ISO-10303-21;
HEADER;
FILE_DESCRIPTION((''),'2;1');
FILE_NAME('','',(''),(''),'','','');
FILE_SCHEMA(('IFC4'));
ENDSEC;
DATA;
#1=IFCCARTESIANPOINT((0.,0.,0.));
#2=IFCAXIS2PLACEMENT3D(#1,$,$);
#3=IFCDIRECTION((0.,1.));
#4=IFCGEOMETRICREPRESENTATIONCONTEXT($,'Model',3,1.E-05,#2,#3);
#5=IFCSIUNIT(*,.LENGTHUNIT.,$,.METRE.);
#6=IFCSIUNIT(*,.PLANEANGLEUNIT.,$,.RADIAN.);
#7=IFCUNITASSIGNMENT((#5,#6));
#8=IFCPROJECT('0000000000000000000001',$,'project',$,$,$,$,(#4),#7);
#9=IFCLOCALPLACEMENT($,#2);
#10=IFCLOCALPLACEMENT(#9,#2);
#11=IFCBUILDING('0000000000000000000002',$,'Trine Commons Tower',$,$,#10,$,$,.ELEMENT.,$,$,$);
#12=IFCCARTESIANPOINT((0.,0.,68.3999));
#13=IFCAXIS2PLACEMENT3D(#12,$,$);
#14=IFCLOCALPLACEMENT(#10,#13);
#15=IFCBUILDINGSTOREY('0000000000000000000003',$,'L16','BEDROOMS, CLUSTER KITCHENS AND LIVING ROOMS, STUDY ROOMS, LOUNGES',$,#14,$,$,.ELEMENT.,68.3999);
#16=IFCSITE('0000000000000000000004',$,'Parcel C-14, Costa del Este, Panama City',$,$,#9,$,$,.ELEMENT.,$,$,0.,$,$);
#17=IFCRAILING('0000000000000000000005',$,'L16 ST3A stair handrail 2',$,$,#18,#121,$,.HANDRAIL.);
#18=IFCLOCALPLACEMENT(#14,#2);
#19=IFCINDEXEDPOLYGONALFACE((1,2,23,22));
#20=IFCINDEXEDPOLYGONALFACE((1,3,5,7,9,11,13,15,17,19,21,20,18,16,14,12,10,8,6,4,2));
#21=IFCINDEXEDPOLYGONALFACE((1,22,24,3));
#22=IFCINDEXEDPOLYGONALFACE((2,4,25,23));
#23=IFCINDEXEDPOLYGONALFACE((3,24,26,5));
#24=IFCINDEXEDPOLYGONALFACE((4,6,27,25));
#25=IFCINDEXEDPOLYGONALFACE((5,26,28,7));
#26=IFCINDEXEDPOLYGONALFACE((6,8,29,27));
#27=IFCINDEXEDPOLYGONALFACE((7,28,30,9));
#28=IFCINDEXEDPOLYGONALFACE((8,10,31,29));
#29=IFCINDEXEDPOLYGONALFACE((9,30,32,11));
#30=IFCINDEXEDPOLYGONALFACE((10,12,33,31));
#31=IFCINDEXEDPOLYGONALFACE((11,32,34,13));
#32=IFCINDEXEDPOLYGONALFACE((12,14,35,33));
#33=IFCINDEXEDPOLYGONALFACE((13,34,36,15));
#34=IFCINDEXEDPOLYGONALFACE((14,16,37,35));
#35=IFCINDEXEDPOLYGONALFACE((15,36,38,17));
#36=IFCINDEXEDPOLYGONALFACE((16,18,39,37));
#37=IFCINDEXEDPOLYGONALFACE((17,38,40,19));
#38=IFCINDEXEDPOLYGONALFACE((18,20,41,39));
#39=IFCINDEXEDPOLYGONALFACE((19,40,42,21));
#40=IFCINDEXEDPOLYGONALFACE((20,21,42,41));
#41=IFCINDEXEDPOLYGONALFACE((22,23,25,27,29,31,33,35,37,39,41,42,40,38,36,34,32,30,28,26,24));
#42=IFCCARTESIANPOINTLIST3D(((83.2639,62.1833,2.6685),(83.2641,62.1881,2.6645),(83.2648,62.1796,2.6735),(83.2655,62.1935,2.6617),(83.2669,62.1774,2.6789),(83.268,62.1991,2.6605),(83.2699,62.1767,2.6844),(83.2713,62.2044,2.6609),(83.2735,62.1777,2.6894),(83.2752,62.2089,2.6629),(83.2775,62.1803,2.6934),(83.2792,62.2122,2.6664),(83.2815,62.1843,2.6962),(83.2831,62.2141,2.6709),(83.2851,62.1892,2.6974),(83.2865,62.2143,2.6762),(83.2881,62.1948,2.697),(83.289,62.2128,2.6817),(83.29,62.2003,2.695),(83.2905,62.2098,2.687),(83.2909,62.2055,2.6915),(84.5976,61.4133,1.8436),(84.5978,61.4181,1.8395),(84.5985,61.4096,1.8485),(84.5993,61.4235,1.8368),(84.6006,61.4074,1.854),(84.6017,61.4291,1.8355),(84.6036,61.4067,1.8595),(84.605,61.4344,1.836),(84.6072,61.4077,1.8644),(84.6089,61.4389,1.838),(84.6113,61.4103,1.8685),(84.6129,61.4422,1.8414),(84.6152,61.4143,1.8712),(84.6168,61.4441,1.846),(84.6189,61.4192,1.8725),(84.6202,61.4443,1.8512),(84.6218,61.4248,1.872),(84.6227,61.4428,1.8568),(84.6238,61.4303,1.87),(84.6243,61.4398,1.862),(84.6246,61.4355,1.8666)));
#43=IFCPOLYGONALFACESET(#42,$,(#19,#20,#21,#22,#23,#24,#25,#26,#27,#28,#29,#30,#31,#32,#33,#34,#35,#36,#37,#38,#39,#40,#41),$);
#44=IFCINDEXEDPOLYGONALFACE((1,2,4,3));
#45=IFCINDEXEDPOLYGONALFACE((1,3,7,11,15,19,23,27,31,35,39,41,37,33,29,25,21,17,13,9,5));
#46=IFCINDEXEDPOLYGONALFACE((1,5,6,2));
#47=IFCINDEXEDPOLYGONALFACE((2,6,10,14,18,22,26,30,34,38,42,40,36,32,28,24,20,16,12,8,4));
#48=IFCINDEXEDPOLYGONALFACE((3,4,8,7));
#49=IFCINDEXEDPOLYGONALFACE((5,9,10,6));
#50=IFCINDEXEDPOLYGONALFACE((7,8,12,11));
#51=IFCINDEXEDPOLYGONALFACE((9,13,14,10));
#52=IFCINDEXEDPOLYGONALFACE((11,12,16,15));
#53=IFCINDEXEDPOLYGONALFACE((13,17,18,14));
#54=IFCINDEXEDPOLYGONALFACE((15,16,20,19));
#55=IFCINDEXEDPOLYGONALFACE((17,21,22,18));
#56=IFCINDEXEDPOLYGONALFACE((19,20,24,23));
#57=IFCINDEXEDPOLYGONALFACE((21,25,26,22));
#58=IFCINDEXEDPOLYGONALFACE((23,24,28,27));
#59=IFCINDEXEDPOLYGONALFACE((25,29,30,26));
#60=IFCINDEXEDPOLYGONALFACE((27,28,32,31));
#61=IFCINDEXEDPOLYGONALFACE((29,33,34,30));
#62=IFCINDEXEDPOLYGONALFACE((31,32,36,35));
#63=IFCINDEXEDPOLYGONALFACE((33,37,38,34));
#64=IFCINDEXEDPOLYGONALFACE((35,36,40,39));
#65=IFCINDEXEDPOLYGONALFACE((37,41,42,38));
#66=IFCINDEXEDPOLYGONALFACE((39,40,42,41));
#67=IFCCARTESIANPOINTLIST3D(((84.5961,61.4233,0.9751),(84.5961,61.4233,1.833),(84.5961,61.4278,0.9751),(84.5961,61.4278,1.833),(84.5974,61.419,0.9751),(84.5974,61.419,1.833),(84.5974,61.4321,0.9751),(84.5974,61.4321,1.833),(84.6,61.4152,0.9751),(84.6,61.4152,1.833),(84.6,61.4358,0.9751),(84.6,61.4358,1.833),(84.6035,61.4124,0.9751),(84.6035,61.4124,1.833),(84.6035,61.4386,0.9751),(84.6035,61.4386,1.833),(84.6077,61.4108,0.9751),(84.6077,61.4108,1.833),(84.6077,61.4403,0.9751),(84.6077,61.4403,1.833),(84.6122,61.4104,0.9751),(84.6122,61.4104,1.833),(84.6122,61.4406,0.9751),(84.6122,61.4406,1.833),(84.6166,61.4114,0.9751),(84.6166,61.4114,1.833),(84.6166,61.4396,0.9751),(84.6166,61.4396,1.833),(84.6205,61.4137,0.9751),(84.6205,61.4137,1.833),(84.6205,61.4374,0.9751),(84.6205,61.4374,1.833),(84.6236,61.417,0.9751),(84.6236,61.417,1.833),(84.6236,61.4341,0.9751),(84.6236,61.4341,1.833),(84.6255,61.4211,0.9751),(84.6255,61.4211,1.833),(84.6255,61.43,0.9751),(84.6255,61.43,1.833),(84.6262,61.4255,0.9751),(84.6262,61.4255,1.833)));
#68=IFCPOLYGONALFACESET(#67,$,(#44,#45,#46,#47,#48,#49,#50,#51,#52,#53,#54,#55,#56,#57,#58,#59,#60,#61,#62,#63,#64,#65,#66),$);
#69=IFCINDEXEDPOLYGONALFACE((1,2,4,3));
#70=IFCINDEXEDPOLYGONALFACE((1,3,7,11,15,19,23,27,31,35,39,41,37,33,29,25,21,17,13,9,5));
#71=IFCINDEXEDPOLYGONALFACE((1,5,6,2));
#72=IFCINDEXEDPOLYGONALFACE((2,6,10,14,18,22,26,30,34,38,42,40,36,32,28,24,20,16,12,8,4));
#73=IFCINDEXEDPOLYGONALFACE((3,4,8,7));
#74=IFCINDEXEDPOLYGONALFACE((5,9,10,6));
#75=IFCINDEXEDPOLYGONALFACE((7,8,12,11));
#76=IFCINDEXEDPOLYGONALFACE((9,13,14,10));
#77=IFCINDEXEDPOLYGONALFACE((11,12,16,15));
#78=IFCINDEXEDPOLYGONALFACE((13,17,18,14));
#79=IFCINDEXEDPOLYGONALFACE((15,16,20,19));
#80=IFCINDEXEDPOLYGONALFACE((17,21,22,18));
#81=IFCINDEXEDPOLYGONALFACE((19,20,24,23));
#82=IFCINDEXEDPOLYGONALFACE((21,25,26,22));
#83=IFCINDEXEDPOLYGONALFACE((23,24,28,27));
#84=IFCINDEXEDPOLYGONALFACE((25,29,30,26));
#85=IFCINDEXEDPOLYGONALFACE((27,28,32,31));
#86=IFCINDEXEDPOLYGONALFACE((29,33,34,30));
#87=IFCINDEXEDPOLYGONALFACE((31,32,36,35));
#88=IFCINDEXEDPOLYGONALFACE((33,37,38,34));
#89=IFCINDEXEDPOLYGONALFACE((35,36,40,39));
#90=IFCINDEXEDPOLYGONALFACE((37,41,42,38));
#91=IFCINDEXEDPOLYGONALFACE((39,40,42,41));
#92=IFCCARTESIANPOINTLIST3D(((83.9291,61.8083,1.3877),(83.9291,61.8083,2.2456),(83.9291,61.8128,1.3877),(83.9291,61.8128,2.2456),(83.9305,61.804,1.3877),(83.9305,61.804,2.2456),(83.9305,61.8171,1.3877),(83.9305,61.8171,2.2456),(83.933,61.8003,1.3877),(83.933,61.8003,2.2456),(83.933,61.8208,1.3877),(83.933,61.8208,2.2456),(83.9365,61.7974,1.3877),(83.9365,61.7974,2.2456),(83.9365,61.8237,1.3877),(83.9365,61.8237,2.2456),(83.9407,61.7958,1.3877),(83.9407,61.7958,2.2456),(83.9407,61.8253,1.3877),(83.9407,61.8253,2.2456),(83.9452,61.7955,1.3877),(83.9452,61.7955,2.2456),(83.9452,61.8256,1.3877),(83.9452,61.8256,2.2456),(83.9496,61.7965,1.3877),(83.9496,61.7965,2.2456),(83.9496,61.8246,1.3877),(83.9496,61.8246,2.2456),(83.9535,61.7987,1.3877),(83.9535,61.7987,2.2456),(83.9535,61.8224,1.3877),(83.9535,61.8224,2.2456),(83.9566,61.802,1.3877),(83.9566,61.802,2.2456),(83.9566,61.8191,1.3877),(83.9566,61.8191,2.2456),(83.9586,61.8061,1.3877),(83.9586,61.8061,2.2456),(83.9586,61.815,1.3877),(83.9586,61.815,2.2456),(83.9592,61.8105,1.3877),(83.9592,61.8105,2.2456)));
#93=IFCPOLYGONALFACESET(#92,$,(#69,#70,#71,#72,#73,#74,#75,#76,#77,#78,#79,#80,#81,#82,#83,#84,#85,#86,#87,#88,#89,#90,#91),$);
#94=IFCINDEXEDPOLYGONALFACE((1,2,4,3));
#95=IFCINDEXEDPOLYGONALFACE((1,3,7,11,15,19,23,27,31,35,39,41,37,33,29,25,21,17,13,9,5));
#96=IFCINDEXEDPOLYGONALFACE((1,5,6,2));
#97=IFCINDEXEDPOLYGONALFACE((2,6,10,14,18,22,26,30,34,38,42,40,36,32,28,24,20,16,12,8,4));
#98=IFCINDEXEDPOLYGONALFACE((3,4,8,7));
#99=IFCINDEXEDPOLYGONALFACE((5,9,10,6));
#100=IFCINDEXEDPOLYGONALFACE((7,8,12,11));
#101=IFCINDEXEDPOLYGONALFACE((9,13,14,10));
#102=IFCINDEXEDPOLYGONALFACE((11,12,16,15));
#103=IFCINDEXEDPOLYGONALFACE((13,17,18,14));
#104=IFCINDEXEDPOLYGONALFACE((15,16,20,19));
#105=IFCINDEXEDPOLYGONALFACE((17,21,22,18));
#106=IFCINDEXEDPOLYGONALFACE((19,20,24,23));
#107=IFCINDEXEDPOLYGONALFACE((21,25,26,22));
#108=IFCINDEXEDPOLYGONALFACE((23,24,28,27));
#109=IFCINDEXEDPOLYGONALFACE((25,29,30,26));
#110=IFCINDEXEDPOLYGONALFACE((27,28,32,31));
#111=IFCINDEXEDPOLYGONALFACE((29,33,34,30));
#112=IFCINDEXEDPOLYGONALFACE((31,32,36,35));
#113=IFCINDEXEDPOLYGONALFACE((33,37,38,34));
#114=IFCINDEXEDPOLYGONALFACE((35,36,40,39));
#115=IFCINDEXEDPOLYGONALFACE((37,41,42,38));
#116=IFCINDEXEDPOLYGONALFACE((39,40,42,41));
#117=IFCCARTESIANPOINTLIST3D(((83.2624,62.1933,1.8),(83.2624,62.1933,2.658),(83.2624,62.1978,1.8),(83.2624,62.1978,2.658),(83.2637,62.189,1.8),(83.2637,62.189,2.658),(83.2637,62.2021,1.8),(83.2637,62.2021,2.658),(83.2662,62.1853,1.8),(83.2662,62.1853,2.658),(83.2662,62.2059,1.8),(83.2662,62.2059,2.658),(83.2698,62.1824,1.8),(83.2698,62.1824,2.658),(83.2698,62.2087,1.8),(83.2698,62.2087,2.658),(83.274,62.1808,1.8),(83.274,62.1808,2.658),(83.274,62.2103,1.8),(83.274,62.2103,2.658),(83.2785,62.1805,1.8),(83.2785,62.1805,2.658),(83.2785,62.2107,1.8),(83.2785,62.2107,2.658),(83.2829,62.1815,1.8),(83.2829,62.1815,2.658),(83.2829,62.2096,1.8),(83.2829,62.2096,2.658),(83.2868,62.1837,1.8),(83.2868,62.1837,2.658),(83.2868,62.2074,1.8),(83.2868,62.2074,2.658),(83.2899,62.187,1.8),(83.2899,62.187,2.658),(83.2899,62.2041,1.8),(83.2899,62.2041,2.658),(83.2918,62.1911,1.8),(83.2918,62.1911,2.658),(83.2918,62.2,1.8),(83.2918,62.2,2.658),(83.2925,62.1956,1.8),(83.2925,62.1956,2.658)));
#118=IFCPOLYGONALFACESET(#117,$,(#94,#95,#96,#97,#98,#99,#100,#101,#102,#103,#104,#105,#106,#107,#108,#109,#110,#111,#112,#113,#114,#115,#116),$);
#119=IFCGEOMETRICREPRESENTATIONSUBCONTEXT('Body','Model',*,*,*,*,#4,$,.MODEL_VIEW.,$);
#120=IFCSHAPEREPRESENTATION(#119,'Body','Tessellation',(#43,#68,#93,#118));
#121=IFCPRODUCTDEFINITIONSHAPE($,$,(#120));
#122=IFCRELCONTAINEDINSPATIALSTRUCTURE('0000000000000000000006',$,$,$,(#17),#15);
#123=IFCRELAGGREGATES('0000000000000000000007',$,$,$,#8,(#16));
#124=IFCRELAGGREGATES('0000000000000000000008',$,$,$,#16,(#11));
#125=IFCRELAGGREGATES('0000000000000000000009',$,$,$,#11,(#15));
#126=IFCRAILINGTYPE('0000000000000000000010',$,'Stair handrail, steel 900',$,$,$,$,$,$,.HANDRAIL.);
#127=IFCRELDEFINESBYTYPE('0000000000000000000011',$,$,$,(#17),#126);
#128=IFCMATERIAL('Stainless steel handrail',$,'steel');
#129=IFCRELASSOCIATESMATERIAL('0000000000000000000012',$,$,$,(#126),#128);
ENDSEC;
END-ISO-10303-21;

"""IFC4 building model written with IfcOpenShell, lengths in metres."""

from ifc_helpers import new_model, si_unit, direction, frame, origin, origin_2d, place, context, subcontext, project, spatial, circle, extrude, material, type_object, element, save


model = new_model("IFC4")

# Units and contexts
model_context = context("Model", 3, precision=1e-05, world=origin(), true_north=direction((0.0, 1.0)))
body_context = subcontext(model_context, "Body", "Model", "MODEL_VIEW")
ifc_project = project(units=[si_unit("LENGTHUNIT", "METRE"), si_unit("PLANEANGLEUNIT", "RADIAN")], contexts=[model_context])

# Site, building, storey
site_placement = place(None, origin())
site = spatial("IfcSite", under=ifc_project, at=site_placement, Name="Parcel C-14, Costa del Este, Panama City", CompositionType="ELEMENT", RefElevation=0.0)
building_placement = place(site_placement, origin())
building = spatial("IfcBuilding", under=site, at=building_placement, Name="Trine Commons Tower", CompositionType="ELEMENT")
storey_placement = place(building_placement, frame((0.0, 0.0, 68.3999)))
storey = spatial("IfcBuildingStorey", under=building, at=storey_placement, Name="L16", Description="BEDROOMS, CLUSTER KITCHENS AND LIVING ROOMS, STUDY ROOMS, LOUNGES", CompositionType="ELEMENT", Elevation=68.3999)

# Railing
ifc_material_1 = material(Name="Stainless steel handrail", Category="steel")
railing_type_1 = type_object("IfcRailingType", Name="Stair handrail, steel 900", PredefinedType="HANDRAIL", material=ifc_material_1)
for number, where, name in (
    (1, (84.6111, 61.4255, 0.9751), "L16 ST3A stair handrail 2"),
):
    element("IfcRailing", number, at=place(storey_placement, frame(where)), inside=storey, type_object=railing_type_1, Name=name, PredefinedType="HANDRAIL", context=body_context, shape_type="SweptSolid", body=[
        extrude(circle(Radius=0.021, at=origin_2d()), frame((0.0, 0.0, 0.8789), z_axis=(-0.763405, 0.440743, 0.472185), x_axis=(-0.499992, -0.86603, 0.0)), (0.0, 0.0, 1.0), 1.7471),
        extrude(circle(Radius=0.0151, at=origin_2d()), origin(), (0.0, 0.0, 1.0), 0.8579),
        extrude(circle(Radius=0.0151, at=origin_2d()), frame((-0.667, 0.385, 0.4126)), (0.0, 0.0, 1.0), 0.8579),
        extrude(circle(Radius=0.0151, at=origin_2d()), frame((-1.3337, 0.77, 0.825)), (0.0, 0.0, 1.0), 0.8579),
    ])

save(model, "model.ifc")
